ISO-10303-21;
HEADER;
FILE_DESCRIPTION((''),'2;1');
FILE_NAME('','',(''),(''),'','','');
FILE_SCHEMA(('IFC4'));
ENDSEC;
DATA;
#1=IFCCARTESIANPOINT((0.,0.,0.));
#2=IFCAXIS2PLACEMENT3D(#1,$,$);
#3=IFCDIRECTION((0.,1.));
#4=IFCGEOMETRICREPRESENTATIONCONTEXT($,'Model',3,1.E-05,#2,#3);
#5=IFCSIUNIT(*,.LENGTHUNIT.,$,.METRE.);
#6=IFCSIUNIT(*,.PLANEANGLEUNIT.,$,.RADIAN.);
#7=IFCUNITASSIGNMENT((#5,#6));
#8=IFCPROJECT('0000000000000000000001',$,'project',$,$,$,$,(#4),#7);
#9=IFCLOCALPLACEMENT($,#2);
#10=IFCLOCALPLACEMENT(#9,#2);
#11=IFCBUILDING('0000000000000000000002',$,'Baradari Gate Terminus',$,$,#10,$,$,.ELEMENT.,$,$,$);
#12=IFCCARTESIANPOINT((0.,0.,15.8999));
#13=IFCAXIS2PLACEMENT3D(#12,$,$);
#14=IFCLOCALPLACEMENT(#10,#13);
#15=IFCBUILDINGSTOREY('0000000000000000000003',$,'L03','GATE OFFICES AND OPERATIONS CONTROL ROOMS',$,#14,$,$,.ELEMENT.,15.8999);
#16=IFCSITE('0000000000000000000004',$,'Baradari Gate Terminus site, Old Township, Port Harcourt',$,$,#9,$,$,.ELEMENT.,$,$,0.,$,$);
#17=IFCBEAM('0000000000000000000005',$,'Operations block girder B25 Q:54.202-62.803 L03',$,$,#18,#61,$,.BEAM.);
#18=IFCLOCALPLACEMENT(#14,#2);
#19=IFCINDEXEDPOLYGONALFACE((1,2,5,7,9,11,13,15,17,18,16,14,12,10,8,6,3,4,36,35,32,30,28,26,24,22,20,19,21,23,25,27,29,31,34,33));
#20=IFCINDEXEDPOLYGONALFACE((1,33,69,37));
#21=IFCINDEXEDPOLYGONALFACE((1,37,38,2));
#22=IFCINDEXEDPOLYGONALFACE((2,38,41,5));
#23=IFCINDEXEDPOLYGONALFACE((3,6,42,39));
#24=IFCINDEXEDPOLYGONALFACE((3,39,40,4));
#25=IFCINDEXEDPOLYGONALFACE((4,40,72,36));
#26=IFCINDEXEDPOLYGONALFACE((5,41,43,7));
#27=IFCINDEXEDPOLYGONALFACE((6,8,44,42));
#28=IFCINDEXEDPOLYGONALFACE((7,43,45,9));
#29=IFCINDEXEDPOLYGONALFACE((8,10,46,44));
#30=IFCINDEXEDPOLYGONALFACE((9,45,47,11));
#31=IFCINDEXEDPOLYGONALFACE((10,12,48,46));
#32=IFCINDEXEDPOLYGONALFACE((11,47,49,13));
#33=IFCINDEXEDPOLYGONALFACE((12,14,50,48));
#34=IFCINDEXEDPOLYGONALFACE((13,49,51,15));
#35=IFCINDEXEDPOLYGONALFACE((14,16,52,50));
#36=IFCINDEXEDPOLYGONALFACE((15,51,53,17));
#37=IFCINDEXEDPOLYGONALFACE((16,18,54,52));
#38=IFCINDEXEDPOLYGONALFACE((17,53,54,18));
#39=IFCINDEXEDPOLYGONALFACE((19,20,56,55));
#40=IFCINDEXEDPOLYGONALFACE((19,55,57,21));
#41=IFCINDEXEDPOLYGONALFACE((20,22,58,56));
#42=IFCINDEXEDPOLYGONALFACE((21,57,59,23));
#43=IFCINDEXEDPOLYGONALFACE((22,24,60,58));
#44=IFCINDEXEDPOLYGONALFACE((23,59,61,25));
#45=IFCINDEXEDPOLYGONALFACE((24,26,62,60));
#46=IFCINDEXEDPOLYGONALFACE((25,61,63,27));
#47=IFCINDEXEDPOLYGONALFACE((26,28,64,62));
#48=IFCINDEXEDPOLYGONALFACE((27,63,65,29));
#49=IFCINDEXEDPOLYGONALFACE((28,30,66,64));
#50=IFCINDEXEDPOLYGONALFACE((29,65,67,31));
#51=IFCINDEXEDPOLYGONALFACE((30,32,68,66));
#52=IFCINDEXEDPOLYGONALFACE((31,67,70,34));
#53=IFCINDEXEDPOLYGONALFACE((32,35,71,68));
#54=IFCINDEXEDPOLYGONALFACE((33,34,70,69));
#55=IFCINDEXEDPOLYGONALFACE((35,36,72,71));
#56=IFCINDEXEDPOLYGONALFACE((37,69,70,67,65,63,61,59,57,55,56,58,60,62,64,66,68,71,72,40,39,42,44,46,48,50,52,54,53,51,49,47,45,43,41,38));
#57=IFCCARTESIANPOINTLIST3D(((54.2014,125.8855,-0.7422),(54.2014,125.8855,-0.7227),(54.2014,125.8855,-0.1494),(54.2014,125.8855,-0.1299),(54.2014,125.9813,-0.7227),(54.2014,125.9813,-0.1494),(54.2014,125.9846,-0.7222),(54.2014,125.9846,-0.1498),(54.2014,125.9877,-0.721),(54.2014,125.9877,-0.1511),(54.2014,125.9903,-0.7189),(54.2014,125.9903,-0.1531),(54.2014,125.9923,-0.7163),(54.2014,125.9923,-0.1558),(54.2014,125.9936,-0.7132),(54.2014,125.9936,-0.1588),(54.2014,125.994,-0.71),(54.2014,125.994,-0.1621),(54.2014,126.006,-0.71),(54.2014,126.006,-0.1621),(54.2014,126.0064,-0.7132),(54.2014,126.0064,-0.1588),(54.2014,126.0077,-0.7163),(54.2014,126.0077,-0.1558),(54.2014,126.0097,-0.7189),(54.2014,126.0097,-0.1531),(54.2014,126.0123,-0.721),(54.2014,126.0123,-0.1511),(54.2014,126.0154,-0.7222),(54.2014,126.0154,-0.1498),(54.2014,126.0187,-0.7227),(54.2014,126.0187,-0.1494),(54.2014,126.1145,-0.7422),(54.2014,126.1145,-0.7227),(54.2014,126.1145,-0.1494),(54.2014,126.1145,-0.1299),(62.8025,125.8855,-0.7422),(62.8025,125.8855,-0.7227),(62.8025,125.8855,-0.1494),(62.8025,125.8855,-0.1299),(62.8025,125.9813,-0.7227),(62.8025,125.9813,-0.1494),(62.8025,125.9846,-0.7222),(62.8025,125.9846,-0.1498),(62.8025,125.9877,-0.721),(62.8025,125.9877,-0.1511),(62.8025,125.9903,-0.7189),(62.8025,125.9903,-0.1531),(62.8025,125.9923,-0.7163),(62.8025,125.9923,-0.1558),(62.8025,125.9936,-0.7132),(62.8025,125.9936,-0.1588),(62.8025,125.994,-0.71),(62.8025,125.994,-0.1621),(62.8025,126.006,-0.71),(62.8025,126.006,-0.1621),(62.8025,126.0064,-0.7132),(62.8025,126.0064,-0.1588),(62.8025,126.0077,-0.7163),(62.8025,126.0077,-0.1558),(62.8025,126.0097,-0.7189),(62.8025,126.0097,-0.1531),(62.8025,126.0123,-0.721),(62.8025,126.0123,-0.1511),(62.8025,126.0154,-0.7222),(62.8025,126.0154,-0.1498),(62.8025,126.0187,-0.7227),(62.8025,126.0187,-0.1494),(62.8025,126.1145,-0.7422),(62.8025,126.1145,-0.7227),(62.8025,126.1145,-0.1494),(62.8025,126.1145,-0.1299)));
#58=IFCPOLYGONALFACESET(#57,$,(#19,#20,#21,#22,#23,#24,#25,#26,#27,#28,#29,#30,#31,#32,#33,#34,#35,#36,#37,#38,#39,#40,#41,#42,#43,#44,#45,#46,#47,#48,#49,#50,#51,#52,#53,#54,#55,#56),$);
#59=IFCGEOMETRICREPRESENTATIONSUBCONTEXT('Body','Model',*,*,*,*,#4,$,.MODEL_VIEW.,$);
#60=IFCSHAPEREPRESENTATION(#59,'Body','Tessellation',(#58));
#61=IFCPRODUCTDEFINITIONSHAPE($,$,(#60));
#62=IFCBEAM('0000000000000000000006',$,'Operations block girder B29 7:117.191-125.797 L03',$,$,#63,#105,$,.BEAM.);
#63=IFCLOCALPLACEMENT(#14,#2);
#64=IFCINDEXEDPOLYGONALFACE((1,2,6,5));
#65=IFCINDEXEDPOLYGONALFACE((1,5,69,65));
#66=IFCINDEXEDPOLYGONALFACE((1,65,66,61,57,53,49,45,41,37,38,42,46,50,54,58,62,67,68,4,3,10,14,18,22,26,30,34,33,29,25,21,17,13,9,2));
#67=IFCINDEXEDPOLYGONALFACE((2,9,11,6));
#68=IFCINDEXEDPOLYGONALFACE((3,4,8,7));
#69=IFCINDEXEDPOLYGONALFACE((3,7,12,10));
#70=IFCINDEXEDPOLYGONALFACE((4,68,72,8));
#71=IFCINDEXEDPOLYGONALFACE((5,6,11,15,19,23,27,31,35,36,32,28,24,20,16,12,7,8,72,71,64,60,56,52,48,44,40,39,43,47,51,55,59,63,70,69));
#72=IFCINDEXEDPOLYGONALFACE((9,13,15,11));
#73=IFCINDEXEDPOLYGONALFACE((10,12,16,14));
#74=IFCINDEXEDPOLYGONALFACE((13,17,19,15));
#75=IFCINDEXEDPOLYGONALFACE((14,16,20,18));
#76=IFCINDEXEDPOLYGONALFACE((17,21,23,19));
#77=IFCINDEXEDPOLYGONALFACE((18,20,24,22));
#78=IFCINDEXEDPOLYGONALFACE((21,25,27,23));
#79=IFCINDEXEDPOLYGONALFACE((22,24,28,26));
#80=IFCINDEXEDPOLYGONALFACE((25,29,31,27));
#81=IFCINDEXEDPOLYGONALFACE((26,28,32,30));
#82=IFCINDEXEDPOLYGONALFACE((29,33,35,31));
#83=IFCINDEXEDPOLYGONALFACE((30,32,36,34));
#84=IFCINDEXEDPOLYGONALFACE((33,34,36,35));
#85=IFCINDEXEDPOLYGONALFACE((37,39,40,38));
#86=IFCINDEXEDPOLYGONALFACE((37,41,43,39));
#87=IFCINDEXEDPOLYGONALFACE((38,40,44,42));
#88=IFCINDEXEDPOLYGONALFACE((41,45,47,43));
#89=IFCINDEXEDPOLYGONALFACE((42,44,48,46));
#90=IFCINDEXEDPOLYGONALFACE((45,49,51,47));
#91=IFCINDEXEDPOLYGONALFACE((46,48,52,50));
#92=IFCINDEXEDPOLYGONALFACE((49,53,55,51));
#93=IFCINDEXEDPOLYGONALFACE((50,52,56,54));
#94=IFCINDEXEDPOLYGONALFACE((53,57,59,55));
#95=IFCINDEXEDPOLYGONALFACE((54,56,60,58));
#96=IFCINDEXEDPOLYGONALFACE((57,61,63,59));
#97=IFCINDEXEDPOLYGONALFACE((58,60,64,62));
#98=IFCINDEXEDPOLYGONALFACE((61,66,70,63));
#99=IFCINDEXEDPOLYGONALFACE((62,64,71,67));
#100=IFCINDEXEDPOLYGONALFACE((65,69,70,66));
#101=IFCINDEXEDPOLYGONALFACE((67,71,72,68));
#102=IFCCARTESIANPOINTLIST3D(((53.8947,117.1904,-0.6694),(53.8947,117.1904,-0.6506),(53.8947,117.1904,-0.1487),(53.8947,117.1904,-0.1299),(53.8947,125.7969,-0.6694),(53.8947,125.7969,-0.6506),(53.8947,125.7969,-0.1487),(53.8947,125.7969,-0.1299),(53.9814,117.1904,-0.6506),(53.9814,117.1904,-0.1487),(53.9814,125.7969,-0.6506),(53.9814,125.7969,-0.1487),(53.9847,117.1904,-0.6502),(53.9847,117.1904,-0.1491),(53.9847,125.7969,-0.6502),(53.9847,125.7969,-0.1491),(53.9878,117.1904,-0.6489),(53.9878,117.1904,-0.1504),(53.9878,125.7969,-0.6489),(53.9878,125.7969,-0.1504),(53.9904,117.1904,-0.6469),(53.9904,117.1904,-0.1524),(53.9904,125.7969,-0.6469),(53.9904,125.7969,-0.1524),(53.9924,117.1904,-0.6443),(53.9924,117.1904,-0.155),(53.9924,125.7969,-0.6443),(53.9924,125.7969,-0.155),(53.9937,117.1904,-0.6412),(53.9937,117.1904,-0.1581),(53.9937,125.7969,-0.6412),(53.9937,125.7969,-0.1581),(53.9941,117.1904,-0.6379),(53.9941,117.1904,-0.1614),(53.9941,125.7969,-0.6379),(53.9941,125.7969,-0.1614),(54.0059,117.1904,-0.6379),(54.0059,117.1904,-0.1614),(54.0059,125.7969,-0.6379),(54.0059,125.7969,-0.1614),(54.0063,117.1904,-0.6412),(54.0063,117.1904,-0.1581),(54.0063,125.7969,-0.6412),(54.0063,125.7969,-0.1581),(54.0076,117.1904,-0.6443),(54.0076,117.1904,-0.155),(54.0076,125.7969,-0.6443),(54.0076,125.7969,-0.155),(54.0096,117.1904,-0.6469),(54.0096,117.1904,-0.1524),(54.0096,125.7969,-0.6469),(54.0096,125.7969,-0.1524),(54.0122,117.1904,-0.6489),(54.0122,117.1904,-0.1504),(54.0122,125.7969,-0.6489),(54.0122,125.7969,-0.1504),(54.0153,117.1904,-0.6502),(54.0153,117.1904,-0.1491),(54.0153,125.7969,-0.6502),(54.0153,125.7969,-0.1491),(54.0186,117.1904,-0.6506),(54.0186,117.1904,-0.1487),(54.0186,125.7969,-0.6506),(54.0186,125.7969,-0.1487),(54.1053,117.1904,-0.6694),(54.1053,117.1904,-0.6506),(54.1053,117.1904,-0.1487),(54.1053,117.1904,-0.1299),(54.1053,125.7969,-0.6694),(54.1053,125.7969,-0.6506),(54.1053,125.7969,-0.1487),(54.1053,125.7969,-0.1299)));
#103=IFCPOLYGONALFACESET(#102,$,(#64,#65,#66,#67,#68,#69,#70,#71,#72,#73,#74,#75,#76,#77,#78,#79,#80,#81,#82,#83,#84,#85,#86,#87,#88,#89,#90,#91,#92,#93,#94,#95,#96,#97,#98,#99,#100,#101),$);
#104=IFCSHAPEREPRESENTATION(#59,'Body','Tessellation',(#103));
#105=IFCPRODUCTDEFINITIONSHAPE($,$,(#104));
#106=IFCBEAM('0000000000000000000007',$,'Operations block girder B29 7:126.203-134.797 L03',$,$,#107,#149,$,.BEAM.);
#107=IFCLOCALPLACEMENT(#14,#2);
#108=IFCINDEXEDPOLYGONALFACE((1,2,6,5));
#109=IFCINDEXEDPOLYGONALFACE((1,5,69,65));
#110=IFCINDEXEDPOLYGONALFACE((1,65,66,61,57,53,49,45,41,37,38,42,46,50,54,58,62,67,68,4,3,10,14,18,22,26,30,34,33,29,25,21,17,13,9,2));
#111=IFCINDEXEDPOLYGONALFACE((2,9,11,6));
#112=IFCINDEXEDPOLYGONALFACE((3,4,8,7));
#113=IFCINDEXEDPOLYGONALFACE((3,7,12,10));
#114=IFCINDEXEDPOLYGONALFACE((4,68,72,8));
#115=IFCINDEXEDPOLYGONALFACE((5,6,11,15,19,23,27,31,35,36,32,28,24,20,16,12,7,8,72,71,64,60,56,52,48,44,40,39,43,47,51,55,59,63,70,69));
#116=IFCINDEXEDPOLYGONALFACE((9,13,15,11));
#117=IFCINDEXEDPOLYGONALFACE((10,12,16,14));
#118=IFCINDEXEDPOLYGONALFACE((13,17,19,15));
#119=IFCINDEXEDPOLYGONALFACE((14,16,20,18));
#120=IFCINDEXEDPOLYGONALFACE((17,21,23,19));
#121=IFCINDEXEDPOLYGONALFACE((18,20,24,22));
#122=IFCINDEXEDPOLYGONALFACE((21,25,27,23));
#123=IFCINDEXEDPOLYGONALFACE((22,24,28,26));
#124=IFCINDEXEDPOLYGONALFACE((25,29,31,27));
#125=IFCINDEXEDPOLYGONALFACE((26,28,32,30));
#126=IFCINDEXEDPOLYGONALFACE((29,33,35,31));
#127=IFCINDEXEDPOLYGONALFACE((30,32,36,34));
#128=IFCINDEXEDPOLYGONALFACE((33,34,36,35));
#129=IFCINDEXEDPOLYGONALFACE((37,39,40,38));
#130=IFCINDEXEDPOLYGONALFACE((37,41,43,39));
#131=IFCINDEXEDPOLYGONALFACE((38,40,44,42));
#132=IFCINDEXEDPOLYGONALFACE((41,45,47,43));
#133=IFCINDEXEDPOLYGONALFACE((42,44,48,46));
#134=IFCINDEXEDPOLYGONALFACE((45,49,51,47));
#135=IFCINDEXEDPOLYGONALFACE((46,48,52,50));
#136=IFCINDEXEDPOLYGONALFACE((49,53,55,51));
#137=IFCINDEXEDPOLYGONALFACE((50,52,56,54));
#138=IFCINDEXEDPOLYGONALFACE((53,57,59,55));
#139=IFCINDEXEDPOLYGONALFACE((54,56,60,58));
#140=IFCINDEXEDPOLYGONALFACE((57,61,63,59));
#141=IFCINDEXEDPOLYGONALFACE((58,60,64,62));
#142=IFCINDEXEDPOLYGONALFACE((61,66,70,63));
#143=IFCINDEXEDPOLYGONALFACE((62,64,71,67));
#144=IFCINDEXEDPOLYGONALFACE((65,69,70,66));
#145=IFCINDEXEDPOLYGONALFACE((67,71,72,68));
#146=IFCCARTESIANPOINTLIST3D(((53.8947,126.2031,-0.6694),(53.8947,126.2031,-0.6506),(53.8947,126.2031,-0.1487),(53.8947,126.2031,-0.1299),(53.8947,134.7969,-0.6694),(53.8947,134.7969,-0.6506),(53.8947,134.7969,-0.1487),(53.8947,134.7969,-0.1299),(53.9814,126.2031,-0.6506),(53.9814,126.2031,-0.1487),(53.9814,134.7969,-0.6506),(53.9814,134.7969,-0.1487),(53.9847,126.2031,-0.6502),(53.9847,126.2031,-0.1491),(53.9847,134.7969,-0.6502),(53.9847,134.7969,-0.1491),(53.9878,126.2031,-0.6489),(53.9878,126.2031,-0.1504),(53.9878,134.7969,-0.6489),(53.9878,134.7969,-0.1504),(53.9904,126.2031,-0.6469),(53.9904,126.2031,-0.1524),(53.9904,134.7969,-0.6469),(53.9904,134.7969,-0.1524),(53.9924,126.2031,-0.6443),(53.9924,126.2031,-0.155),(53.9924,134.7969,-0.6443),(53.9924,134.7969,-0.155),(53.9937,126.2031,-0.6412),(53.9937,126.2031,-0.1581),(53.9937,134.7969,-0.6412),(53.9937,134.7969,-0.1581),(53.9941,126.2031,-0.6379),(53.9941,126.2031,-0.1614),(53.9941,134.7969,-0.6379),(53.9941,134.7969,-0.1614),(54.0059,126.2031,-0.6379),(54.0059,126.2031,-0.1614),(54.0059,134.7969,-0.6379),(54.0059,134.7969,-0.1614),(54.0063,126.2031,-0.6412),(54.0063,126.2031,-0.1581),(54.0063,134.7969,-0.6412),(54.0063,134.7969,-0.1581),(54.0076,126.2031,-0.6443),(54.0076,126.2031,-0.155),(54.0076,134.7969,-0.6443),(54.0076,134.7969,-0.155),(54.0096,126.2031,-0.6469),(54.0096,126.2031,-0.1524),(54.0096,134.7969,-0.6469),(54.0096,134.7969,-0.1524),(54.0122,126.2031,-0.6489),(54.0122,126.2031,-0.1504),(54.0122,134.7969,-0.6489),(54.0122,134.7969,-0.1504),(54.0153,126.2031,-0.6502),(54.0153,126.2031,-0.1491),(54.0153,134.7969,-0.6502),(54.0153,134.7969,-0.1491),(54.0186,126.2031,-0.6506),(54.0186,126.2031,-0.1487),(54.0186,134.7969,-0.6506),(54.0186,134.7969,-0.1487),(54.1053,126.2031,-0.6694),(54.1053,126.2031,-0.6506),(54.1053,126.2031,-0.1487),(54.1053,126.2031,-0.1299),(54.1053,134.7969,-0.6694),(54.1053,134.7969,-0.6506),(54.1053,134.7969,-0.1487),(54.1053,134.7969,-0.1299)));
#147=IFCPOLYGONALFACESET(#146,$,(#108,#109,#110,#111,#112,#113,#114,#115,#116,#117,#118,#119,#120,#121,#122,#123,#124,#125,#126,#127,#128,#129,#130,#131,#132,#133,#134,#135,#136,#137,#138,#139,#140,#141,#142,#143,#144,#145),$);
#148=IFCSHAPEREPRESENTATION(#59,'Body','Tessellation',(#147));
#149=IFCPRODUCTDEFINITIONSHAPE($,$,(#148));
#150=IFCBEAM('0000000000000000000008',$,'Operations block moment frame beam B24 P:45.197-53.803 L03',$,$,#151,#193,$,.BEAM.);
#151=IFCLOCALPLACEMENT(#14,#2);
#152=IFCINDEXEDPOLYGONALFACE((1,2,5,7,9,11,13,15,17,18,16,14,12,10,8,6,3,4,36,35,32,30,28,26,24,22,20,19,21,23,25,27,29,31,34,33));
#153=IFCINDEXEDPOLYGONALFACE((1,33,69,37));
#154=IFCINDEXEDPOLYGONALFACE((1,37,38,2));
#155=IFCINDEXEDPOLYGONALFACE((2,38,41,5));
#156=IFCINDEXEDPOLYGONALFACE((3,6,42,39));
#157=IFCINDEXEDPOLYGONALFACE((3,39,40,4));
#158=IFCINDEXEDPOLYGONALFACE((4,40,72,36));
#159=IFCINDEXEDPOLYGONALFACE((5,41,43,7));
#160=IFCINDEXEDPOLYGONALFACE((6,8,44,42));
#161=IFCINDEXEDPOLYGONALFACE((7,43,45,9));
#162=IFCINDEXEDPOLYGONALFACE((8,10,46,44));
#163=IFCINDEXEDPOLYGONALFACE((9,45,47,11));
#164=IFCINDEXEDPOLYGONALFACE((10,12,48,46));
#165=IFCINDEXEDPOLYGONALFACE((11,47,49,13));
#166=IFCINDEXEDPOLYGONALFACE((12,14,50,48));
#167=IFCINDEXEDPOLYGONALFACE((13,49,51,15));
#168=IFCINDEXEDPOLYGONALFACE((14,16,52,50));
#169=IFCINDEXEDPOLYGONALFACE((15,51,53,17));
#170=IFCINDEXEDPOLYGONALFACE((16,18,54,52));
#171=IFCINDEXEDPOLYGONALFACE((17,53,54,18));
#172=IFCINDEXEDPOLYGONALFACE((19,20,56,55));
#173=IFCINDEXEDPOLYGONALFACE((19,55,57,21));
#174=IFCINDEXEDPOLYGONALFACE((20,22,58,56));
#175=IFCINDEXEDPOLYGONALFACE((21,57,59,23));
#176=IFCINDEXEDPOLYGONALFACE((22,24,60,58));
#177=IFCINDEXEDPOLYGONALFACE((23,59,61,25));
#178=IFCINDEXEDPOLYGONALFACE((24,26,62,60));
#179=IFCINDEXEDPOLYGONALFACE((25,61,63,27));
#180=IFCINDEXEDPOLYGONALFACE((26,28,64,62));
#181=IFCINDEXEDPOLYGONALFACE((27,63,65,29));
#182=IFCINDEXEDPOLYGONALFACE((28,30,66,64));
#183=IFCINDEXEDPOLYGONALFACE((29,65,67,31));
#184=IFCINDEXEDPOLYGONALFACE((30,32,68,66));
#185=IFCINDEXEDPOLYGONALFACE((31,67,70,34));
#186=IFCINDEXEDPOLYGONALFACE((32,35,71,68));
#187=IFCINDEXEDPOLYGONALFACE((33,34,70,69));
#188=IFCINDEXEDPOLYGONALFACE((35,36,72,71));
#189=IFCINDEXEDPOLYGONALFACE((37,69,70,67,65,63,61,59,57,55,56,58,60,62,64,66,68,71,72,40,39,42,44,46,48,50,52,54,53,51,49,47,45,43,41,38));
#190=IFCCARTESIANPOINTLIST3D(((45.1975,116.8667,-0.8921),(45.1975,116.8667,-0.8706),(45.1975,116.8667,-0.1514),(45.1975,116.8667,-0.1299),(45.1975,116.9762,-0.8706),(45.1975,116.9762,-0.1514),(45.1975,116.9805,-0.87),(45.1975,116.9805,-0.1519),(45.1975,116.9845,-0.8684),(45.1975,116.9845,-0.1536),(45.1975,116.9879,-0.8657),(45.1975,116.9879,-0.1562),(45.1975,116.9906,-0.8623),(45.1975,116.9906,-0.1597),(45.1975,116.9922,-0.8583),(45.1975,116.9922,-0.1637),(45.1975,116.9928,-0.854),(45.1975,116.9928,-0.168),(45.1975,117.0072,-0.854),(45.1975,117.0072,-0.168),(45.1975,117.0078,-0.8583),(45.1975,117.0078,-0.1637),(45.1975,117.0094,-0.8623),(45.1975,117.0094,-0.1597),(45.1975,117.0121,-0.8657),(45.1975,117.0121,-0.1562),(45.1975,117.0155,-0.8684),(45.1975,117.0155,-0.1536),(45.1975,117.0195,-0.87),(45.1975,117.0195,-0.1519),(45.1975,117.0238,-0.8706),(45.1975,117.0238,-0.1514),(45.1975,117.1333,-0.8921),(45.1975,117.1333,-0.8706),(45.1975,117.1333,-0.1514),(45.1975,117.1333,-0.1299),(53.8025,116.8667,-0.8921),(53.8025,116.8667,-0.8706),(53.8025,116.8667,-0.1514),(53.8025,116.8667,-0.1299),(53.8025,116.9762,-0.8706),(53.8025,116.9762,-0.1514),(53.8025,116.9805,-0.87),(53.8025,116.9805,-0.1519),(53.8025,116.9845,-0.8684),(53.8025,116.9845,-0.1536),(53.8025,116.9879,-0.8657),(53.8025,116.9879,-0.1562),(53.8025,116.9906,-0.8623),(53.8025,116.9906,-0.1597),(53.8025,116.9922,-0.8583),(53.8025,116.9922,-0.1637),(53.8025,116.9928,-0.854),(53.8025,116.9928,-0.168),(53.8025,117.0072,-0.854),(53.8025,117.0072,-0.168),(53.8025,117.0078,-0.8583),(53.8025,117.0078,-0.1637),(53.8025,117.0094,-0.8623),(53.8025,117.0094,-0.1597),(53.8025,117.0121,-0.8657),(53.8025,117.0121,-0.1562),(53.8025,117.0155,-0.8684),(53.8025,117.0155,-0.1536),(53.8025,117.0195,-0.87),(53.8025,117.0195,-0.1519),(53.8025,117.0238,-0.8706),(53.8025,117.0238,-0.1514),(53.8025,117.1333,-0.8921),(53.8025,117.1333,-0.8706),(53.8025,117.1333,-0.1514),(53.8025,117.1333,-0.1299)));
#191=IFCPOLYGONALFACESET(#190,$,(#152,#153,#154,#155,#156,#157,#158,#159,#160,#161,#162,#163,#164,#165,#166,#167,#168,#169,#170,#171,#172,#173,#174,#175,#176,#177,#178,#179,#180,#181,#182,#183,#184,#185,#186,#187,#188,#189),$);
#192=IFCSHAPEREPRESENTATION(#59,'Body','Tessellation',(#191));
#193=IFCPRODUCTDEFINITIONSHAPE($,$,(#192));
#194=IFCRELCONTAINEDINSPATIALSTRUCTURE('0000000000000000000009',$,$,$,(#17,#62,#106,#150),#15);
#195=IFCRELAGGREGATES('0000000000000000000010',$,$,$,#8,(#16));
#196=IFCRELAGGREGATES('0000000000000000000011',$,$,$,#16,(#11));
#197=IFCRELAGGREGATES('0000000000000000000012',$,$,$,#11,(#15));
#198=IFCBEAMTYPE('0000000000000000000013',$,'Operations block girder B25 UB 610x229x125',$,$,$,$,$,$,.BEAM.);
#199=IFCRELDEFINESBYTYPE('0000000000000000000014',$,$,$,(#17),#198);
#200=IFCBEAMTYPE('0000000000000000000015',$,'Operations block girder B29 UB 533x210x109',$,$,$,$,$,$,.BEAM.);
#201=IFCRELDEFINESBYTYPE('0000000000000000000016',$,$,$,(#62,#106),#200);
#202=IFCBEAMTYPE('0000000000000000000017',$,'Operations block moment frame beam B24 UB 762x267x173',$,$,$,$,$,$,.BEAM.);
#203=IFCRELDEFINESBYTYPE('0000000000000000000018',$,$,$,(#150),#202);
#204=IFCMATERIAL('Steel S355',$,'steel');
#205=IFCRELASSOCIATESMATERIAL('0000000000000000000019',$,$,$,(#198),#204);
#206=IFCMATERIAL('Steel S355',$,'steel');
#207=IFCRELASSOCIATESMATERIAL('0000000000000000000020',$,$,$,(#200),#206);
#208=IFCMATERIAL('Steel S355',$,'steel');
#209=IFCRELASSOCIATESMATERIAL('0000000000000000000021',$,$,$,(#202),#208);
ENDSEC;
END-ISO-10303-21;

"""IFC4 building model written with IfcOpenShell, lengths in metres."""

from ifc_helpers import new_model, si_unit, direction, frame, origin, origin_2d, place, context, subcontext, project, spatial, i_section, extrude, material, material_profile, profile_set, type_object, element, save


model = new_model("IFC4")

# Units and contexts
model_context = context("Model", 3, precision=1e-05, world=origin(), true_north=direction((0.0, 1.0)))
body_context = subcontext(model_context, "Body", "Model", "MODEL_VIEW")
ifc_project = project(units=[si_unit("LENGTHUNIT", "METRE"), si_unit("PLANEANGLEUNIT", "RADIAN")], contexts=[model_context])

# Site, building, storey
site_placement = place(None, origin())
site = spatial("IfcSite", under=ifc_project, at=site_placement, Name="Baradari Gate Terminus site, Old Township, Port Harcourt", CompositionType="ELEMENT", RefElevation=0.0)
building_placement = place(site_placement, origin())
building = spatial("IfcBuilding", under=site, at=building_placement, Name="Baradari Gate Terminus", CompositionType="ELEMENT")
storey_placement = place(building_placement, frame((0.0, 0.0, 15.8999)))
storey = spatial("IfcBuildingStorey", under=building, at=storey_placement, Name="L03", Description="GATE OFFICES AND OPERATIONS CONTROL ROOMS", CompositionType="ELEMENT", Elevation=15.8999)

# Beams
ifc_material_1 = material(Name="Steel S355", Category="steel")
ifc_material_profile_1 = material_profile(ifc_material_1, i_section(OverallWidth=0.229, OverallDepth=0.6123, WebThickness=0.012, FlangeThickness=0.0195, FilletRadius=0.0127, at=origin_2d()), Name="UB 610x229x125")
ifc_profile_set_1 = profile_set([ifc_material_profile_1], Name="Steel S355")
beam_type_1 = type_object("IfcBeamType", Name="Operations block girder B25 UB 610x229x125", PredefinedType="BEAM", material=ifc_profile_set_1)
beam_1_placement = place(storey_placement, frame((54.2014, 126.0, -0.436), z_axis=(1.0, 0.0, 0.0), x_axis=(0.0, 1.0, 0.0)))
element("IfcBeam", 1, at=beam_1_placement, inside=storey, type_object=beam_type_1, Name="Operations block girder B25 Q:54.202-62.803 L03", PredefinedType="BEAM", context=body_context, shape_type="SweptSolid", body=[
    extrude(i_section(OverallWidth=0.229, OverallDepth=0.6123, WebThickness=0.012, FlangeThickness=0.0195, FilletRadius=0.0127, at=origin_2d()), origin(), (0.0, 0.0, 1.0), 8.6011),
])
ifc_material_2 = material(Name="Steel S355", Category="steel")
ifc_material_profile_2 = material_profile(ifc_material_2, i_section(OverallWidth=0.2107, OverallDepth=0.5396, WebThickness=0.0117, FlangeThickness=0.0188, FilletRadius=0.0127, at=origin_2d()), Name="UB 533x210x109")
ifc_profile_set_2 = profile_set([ifc_material_profile_2], Name="Steel S355")
beam_type_2 = type_object("IfcBeamType", Name="Operations block girder B29 UB 533x210x109", PredefinedType="BEAM", material=ifc_profile_set_2)
beam_2_placement = place(storey_placement, frame((54.0, 117.1904, -0.3997), z_axis=(0.0, 1.0, 0.0), x_axis=(-1.0, 0.0, 0.0)))
element("IfcBeam", 2, at=beam_2_placement, inside=storey, type_object=beam_type_2, Name="Operations block girder B29 7:117.191-125.797 L03", PredefinedType="BEAM", context=body_context, shape_type="SweptSolid", body=[
    extrude(i_section(OverallWidth=0.2107, OverallDepth=0.5396, WebThickness=0.0117, FlangeThickness=0.0188, FilletRadius=0.0127, at=origin_2d()), origin(), (0.0, 0.0, 1.0), 8.6064),
])
beam_3_placement = place(storey_placement, frame((54.0, 126.2031, -0.3997), z_axis=(0.0, 1.0, 0.0), x_axis=(-1.0, 0.0, 0.0)))
element("IfcBeam", 3, at=beam_3_placement, inside=storey, type_object=beam_type_2, Name="Operations block girder B29 7:126.203-134.797 L03", PredefinedType="BEAM", context=body_context, shape_type="SweptSolid", body=[
    extrude(i_section(OverallWidth=0.2107, OverallDepth=0.5396, WebThickness=0.0117, FlangeThickness=0.0188, FilletRadius=0.0127, at=origin_2d()), origin(), (0.0, 0.0, 1.0), 8.5938),
])
ifc_material_3 = material(Name="Steel S355", Category="steel")
ifc_material_profile_3 = material_profile(ifc_material_3, i_section(OverallWidth=0.2666, OverallDepth=0.7622, WebThickness=0.0144, FlangeThickness=0.0215, FilletRadius=0.0166, at=origin_2d()), Name="UB 762x267x173")
ifc_profile_set_3 = profile_set([ifc_material_profile_3], Name="Steel S355")
beam_type_3 = type_object("IfcBeamType", Name="Operations block moment frame beam B24 UB 762x267x173", PredefinedType="BEAM", material=ifc_profile_set_3)
for number, where, z_axis, x_axis, name in (
    (4, (45.1975, 117.0, -0.511), (1.0, 0.0, 0.0), (0.0, 1.0, 0.0), "Operations block moment frame beam B24 P:45.197-53.803 L03"),
):
    element("IfcBeam", number, at=place(storey_placement, frame(where, z_axis=z_axis, x_axis=x_axis)), inside=storey, type_object=beam_type_3, Name=name, PredefinedType="BEAM", context=body_context, shape_type="SweptSolid", body=[
        extrude(i_section(OverallWidth=0.2666, OverallDepth=0.7622, WebThickness=0.0144, FlangeThickness=0.0215, FilletRadius=0.0166, at=origin_2d()), origin(), (0.0, 0.0, 1.0), 8.605),
    ])

save(model, "model.ifc")
